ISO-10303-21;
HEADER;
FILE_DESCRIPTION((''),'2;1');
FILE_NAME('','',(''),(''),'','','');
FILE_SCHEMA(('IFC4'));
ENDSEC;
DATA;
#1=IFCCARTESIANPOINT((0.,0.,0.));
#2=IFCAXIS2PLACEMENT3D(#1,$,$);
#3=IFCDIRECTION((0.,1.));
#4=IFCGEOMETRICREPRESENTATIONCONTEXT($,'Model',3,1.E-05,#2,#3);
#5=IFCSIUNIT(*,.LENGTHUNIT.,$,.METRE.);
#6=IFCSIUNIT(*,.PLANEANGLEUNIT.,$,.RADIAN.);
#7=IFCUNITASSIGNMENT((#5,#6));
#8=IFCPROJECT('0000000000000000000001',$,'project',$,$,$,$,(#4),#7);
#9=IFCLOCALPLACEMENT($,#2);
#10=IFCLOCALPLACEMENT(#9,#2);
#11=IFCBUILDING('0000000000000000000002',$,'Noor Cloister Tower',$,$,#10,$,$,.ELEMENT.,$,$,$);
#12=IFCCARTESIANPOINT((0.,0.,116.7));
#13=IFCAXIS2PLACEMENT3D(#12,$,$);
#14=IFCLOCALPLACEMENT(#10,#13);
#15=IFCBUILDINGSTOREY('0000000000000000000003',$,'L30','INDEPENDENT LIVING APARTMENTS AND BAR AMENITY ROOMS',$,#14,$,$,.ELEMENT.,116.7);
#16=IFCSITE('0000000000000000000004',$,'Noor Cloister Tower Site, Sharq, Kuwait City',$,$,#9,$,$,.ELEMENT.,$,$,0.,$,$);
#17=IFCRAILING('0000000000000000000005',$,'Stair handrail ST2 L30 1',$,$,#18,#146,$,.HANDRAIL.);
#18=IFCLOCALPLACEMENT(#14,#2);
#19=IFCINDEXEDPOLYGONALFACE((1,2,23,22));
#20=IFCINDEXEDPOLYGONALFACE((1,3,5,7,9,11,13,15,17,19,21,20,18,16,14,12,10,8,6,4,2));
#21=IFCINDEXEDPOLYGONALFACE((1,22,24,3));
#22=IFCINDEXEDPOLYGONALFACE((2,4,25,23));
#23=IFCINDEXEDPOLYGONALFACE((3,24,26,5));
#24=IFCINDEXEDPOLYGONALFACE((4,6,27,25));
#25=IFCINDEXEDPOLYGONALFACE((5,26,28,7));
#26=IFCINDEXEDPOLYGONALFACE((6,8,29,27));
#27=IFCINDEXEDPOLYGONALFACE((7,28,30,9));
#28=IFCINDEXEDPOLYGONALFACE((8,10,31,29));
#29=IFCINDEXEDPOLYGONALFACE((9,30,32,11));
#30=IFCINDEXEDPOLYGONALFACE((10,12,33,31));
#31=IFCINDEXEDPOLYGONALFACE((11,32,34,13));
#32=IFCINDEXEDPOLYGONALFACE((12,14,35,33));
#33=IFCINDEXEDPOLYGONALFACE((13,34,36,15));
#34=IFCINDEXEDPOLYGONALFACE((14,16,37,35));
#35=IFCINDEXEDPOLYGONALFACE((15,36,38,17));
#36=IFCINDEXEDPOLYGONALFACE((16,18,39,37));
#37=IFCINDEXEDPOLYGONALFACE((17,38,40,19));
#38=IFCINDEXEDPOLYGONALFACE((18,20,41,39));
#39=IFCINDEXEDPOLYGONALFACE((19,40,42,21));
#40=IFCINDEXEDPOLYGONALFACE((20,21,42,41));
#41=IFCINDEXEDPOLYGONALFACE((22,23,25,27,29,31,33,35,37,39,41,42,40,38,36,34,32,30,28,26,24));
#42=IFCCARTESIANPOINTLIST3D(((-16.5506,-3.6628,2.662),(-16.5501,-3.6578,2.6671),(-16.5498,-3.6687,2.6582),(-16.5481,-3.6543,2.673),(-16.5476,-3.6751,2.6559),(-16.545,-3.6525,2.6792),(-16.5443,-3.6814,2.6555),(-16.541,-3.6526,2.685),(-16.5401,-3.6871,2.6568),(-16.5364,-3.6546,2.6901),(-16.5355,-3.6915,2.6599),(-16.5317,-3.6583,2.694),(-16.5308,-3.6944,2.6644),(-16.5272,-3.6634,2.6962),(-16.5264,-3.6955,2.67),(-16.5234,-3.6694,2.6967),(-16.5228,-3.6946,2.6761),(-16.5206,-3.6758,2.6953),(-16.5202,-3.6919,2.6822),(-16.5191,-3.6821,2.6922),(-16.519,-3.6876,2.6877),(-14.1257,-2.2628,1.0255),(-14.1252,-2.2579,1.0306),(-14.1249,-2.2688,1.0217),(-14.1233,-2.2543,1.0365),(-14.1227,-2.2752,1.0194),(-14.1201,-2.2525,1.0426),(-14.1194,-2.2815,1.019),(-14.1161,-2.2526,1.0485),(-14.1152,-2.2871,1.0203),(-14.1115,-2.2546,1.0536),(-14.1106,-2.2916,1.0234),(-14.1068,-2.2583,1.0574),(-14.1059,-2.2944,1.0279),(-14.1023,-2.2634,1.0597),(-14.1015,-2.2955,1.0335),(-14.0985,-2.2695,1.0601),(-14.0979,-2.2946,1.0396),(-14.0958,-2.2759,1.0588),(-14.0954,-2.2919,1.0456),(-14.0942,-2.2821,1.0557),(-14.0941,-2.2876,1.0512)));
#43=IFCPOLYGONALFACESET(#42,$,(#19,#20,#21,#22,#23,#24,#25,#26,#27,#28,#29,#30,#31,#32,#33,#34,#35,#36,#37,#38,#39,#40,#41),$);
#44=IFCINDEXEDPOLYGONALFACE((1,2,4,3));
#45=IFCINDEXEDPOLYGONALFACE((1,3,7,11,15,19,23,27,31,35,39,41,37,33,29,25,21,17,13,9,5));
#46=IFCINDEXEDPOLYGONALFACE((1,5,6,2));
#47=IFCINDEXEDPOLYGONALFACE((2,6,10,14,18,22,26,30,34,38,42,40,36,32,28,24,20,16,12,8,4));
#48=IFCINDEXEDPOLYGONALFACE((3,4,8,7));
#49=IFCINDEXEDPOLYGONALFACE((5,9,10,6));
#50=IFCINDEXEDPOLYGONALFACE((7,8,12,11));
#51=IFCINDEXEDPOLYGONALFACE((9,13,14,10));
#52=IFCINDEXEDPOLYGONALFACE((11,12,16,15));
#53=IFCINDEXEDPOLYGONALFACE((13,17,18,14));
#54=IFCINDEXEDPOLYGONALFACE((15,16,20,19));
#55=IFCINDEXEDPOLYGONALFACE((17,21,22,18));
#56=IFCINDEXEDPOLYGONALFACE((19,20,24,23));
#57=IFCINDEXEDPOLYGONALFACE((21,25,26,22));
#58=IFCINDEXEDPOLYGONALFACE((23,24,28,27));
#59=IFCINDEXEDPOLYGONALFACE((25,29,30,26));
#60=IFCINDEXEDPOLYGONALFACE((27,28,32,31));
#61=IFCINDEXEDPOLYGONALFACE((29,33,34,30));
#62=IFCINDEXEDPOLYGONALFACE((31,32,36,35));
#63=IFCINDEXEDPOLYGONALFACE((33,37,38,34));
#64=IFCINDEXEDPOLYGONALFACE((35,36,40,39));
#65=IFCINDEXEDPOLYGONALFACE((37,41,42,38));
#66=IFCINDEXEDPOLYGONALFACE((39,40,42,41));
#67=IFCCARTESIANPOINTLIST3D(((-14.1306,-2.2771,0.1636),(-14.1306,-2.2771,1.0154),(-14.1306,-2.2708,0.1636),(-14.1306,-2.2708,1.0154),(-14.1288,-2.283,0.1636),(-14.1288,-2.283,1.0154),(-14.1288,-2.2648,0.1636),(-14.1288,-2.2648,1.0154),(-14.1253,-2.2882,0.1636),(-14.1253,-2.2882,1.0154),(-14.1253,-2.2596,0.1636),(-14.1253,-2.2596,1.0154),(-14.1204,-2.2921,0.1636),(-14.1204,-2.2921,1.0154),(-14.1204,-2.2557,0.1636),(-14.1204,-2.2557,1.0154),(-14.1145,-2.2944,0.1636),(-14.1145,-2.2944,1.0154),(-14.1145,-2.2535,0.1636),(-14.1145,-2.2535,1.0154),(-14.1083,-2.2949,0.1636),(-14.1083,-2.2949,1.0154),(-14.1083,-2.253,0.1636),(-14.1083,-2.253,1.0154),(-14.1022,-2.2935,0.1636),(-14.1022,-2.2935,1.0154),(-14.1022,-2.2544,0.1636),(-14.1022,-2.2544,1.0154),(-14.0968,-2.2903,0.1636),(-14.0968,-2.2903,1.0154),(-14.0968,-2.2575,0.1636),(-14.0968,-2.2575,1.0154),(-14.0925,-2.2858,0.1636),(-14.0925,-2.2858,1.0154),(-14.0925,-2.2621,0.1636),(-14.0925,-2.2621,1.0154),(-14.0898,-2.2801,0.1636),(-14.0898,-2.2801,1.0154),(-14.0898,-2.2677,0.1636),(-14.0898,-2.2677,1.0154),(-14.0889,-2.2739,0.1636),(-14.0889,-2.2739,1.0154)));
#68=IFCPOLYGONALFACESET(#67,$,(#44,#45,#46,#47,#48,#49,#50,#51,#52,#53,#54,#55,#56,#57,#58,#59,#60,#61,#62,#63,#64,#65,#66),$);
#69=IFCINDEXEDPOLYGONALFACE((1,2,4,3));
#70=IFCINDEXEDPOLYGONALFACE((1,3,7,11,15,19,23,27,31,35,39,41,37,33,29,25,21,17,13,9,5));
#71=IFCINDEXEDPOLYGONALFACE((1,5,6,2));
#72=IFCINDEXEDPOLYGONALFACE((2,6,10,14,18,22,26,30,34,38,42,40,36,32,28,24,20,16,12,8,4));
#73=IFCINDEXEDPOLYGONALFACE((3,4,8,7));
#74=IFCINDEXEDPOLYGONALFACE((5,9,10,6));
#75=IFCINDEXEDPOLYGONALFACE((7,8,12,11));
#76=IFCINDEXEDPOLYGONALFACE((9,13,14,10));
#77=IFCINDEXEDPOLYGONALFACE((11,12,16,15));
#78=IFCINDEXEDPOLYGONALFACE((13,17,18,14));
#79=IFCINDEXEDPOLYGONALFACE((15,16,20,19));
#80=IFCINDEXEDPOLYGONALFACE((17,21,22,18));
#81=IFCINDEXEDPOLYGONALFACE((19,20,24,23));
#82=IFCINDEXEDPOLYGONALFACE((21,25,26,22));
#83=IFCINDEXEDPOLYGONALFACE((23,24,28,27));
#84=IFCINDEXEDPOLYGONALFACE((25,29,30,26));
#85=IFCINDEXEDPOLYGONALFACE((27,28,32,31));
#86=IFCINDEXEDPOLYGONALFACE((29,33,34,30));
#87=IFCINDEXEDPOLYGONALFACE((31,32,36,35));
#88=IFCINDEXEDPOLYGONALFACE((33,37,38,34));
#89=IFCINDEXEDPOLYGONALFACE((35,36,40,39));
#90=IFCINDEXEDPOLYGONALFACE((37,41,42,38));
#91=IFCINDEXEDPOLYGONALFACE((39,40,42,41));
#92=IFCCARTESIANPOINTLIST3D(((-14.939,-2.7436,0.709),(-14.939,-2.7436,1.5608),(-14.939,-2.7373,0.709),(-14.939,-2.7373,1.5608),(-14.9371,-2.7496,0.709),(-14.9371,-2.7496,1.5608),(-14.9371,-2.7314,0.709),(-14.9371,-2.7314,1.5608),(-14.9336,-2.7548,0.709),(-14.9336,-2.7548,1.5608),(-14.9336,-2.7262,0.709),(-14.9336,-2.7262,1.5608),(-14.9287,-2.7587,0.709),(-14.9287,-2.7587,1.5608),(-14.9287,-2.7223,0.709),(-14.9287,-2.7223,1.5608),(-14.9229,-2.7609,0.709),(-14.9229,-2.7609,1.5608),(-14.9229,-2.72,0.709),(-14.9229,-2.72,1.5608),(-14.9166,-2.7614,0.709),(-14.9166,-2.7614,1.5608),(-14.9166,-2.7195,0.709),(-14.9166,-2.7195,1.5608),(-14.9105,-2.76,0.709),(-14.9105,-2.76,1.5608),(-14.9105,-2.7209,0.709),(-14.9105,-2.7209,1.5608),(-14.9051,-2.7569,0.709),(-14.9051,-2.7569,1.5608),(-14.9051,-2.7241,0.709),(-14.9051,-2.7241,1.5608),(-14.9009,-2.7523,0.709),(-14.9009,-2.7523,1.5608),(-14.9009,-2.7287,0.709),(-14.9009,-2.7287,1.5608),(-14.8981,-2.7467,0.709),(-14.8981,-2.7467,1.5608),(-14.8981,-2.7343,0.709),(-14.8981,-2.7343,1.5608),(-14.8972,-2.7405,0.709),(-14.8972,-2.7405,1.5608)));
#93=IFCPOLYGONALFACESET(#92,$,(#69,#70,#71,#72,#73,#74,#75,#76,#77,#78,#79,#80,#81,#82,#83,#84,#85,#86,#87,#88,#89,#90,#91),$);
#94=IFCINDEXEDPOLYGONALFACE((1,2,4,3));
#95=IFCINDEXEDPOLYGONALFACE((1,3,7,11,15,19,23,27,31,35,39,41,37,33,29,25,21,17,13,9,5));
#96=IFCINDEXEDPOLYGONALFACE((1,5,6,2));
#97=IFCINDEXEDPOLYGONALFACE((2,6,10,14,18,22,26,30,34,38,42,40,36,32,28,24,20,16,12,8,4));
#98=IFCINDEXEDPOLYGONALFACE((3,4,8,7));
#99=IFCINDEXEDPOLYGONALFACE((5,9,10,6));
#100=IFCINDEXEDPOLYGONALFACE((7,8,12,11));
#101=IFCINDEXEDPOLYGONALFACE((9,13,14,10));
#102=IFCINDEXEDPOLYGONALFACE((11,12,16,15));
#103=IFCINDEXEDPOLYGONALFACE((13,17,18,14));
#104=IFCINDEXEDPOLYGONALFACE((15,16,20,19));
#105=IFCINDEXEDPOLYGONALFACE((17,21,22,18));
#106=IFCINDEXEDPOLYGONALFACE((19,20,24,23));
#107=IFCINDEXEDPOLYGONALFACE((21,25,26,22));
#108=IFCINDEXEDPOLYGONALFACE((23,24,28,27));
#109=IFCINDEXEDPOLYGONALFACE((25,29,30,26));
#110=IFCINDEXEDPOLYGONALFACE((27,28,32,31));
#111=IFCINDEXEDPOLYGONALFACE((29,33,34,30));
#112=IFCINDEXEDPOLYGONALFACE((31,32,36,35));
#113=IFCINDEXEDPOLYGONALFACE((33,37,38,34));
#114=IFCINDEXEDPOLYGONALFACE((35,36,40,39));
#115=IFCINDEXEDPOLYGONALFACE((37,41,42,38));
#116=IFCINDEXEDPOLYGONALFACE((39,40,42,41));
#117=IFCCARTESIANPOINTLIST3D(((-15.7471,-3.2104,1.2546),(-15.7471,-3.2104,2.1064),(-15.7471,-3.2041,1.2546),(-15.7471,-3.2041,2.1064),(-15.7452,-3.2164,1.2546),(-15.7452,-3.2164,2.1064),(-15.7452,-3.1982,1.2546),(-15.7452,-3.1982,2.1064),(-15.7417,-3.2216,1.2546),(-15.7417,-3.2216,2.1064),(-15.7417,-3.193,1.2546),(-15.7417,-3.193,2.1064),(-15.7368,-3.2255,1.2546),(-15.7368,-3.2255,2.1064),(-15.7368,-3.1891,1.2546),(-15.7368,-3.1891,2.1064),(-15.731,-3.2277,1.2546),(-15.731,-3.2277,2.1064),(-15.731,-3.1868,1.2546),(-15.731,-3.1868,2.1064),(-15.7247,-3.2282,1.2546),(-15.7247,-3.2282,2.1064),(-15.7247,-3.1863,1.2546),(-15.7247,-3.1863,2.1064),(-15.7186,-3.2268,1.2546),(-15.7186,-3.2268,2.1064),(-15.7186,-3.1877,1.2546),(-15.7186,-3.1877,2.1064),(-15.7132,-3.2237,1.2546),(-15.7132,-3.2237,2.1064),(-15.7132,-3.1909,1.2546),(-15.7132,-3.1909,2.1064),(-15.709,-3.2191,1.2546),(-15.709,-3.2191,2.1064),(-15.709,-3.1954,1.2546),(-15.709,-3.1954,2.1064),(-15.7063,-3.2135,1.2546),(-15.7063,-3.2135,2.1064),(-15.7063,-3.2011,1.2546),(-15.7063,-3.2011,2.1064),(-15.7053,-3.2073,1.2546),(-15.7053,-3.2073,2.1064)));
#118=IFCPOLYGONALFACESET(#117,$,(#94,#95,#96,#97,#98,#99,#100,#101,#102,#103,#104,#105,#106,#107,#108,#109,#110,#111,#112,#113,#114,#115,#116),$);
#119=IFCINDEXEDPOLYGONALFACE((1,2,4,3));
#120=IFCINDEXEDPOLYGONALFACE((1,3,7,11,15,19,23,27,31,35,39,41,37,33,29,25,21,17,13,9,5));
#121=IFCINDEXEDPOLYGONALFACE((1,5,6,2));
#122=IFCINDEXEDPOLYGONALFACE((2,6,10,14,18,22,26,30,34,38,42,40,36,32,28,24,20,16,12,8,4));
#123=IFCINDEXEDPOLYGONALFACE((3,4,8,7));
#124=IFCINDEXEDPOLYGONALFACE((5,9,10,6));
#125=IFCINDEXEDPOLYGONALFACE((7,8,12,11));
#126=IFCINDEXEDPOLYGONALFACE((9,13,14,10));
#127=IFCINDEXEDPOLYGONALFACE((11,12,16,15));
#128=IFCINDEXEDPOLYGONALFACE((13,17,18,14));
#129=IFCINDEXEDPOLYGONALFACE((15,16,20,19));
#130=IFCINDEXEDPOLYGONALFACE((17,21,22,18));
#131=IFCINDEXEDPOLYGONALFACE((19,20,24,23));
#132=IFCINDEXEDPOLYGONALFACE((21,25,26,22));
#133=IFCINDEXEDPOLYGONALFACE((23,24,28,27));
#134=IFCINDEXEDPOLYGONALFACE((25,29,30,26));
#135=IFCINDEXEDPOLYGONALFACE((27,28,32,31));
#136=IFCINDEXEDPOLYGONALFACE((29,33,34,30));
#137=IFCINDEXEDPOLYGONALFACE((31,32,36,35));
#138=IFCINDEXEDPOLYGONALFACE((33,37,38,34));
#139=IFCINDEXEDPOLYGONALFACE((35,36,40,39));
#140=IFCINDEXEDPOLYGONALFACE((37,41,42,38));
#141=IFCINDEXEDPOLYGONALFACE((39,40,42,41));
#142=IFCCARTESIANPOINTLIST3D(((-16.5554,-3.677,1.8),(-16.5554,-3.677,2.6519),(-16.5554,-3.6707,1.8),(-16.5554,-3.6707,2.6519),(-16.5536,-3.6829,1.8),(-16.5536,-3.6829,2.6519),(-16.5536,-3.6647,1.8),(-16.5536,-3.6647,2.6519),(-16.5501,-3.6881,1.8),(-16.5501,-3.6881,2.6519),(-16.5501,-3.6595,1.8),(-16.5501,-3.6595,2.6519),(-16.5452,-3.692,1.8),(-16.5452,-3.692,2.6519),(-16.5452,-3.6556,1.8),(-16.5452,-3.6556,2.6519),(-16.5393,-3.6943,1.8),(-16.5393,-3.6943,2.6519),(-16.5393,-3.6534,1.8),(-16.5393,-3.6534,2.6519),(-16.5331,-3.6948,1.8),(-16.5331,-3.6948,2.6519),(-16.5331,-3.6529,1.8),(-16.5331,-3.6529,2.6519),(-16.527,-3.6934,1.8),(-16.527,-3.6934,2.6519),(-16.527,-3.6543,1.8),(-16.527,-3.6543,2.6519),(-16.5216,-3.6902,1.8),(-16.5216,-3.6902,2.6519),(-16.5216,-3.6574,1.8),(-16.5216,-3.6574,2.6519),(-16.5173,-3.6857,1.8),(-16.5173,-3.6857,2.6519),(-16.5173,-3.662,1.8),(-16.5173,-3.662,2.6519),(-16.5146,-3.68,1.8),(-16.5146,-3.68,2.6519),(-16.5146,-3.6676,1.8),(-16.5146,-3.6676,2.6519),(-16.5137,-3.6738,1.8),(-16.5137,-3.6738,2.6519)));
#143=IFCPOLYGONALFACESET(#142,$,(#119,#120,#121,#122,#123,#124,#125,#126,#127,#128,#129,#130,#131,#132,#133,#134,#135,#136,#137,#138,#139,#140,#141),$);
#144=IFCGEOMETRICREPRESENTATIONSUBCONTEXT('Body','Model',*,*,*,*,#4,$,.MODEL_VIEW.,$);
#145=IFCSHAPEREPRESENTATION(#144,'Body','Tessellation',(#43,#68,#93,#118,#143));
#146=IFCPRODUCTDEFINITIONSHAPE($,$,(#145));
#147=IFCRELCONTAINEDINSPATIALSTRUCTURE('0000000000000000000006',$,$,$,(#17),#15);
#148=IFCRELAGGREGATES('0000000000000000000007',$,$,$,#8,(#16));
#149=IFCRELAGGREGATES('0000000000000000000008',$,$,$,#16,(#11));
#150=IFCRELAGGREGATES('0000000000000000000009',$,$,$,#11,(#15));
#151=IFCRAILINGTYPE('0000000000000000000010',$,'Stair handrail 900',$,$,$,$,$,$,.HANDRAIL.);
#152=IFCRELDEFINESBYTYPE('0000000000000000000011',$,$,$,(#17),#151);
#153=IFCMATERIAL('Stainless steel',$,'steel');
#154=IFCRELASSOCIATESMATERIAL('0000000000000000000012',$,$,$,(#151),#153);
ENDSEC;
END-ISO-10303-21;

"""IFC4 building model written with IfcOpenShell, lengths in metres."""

from ifc_helpers import new_model, si_unit, direction, frame, origin, origin_2d, place, context, subcontext, project, spatial, circle, extrude, material, type_object, element, save


model = new_model("IFC4")

# Units and contexts
model_context = context("Model", 3, precision=1e-05, world=origin(), true_north=direction((0.0, 1.0)))
body_context = subcontext(model_context, "Body", "Model", "MODEL_VIEW")
ifc_project = project(units=[si_unit("LENGTHUNIT", "METRE"), si_unit("PLANEANGLEUNIT", "RADIAN")], contexts=[model_context])

# Site, building, storey
site_placement = place(None, origin())
site = spatial("IfcSite", under=ifc_project, at=site_placement, Name="Noor Cloister Tower Site, Sharq, Kuwait City", CompositionType="ELEMENT", RefElevation=0.0)
building_placement = place(site_placement, origin())
building = spatial("IfcBuilding", under=site, at=building_placement, Name="Noor Cloister Tower", CompositionType="ELEMENT")
storey_placement = place(building_placement, frame((0.0, 0.0, 116.7)))
storey = spatial("IfcBuildingStorey", under=building, at=storey_placement, Name="L30", Description="INDEPENDENT LIVING APARTMENTS AND BAR AMENITY ROOMS", CompositionType="ELEMENT", Elevation=116.7)

# Railing
ifc_material_1 = material(Name="Stainless steel", Category="steel")
railing_type_1 = type_object("IfcRailingType", Name="Stair handrail 900", PredefinedType="HANDRAIL", material=ifc_material_1)
railing_1_placement = place(storey_placement, frame((-14.1099, -2.2739, 0.1636)))
element("IfcRailing", 1, at=railing_1_placement, inside=storey, type_object=railing_type_1, Name="Stair handrail ST2 L30 1", PredefinedType="HANDRAIL", context=body_context, shape_type="SweptSolid", body=[
    extrude(circle(Radius=0.0239, at=origin_2d()), frame((0.0, 0.0, 0.876), z_axis=(-0.74769, -0.431661, 0.504608), x_axis=(0.499984, -0.866035, 0.0)), (0.0, 0.0, 1.0), 3.2432),
    extrude(circle(Radius=0.021, at=origin_2d()), origin(), (0.0, 0.0, 1.0), 0.8518),
    extrude(circle(Radius=0.021, at=origin_2d()), frame((-0.8083, -0.4666, 0.5454)), (0.0, 0.0, 1.0), 0.8518),
    extrude(circle(Radius=0.021, at=origin_2d()), frame((-1.6165, -0.9333, 1.0911)), (0.0, 0.0, 1.0), 0.8518),
    extrude(circle(Radius=0.021, at=origin_2d()), frame((-2.4248, -1.3999, 1.6365)), (0.0, 0.0, 1.0), 0.8518),
])

save(model, "model.ifc")
